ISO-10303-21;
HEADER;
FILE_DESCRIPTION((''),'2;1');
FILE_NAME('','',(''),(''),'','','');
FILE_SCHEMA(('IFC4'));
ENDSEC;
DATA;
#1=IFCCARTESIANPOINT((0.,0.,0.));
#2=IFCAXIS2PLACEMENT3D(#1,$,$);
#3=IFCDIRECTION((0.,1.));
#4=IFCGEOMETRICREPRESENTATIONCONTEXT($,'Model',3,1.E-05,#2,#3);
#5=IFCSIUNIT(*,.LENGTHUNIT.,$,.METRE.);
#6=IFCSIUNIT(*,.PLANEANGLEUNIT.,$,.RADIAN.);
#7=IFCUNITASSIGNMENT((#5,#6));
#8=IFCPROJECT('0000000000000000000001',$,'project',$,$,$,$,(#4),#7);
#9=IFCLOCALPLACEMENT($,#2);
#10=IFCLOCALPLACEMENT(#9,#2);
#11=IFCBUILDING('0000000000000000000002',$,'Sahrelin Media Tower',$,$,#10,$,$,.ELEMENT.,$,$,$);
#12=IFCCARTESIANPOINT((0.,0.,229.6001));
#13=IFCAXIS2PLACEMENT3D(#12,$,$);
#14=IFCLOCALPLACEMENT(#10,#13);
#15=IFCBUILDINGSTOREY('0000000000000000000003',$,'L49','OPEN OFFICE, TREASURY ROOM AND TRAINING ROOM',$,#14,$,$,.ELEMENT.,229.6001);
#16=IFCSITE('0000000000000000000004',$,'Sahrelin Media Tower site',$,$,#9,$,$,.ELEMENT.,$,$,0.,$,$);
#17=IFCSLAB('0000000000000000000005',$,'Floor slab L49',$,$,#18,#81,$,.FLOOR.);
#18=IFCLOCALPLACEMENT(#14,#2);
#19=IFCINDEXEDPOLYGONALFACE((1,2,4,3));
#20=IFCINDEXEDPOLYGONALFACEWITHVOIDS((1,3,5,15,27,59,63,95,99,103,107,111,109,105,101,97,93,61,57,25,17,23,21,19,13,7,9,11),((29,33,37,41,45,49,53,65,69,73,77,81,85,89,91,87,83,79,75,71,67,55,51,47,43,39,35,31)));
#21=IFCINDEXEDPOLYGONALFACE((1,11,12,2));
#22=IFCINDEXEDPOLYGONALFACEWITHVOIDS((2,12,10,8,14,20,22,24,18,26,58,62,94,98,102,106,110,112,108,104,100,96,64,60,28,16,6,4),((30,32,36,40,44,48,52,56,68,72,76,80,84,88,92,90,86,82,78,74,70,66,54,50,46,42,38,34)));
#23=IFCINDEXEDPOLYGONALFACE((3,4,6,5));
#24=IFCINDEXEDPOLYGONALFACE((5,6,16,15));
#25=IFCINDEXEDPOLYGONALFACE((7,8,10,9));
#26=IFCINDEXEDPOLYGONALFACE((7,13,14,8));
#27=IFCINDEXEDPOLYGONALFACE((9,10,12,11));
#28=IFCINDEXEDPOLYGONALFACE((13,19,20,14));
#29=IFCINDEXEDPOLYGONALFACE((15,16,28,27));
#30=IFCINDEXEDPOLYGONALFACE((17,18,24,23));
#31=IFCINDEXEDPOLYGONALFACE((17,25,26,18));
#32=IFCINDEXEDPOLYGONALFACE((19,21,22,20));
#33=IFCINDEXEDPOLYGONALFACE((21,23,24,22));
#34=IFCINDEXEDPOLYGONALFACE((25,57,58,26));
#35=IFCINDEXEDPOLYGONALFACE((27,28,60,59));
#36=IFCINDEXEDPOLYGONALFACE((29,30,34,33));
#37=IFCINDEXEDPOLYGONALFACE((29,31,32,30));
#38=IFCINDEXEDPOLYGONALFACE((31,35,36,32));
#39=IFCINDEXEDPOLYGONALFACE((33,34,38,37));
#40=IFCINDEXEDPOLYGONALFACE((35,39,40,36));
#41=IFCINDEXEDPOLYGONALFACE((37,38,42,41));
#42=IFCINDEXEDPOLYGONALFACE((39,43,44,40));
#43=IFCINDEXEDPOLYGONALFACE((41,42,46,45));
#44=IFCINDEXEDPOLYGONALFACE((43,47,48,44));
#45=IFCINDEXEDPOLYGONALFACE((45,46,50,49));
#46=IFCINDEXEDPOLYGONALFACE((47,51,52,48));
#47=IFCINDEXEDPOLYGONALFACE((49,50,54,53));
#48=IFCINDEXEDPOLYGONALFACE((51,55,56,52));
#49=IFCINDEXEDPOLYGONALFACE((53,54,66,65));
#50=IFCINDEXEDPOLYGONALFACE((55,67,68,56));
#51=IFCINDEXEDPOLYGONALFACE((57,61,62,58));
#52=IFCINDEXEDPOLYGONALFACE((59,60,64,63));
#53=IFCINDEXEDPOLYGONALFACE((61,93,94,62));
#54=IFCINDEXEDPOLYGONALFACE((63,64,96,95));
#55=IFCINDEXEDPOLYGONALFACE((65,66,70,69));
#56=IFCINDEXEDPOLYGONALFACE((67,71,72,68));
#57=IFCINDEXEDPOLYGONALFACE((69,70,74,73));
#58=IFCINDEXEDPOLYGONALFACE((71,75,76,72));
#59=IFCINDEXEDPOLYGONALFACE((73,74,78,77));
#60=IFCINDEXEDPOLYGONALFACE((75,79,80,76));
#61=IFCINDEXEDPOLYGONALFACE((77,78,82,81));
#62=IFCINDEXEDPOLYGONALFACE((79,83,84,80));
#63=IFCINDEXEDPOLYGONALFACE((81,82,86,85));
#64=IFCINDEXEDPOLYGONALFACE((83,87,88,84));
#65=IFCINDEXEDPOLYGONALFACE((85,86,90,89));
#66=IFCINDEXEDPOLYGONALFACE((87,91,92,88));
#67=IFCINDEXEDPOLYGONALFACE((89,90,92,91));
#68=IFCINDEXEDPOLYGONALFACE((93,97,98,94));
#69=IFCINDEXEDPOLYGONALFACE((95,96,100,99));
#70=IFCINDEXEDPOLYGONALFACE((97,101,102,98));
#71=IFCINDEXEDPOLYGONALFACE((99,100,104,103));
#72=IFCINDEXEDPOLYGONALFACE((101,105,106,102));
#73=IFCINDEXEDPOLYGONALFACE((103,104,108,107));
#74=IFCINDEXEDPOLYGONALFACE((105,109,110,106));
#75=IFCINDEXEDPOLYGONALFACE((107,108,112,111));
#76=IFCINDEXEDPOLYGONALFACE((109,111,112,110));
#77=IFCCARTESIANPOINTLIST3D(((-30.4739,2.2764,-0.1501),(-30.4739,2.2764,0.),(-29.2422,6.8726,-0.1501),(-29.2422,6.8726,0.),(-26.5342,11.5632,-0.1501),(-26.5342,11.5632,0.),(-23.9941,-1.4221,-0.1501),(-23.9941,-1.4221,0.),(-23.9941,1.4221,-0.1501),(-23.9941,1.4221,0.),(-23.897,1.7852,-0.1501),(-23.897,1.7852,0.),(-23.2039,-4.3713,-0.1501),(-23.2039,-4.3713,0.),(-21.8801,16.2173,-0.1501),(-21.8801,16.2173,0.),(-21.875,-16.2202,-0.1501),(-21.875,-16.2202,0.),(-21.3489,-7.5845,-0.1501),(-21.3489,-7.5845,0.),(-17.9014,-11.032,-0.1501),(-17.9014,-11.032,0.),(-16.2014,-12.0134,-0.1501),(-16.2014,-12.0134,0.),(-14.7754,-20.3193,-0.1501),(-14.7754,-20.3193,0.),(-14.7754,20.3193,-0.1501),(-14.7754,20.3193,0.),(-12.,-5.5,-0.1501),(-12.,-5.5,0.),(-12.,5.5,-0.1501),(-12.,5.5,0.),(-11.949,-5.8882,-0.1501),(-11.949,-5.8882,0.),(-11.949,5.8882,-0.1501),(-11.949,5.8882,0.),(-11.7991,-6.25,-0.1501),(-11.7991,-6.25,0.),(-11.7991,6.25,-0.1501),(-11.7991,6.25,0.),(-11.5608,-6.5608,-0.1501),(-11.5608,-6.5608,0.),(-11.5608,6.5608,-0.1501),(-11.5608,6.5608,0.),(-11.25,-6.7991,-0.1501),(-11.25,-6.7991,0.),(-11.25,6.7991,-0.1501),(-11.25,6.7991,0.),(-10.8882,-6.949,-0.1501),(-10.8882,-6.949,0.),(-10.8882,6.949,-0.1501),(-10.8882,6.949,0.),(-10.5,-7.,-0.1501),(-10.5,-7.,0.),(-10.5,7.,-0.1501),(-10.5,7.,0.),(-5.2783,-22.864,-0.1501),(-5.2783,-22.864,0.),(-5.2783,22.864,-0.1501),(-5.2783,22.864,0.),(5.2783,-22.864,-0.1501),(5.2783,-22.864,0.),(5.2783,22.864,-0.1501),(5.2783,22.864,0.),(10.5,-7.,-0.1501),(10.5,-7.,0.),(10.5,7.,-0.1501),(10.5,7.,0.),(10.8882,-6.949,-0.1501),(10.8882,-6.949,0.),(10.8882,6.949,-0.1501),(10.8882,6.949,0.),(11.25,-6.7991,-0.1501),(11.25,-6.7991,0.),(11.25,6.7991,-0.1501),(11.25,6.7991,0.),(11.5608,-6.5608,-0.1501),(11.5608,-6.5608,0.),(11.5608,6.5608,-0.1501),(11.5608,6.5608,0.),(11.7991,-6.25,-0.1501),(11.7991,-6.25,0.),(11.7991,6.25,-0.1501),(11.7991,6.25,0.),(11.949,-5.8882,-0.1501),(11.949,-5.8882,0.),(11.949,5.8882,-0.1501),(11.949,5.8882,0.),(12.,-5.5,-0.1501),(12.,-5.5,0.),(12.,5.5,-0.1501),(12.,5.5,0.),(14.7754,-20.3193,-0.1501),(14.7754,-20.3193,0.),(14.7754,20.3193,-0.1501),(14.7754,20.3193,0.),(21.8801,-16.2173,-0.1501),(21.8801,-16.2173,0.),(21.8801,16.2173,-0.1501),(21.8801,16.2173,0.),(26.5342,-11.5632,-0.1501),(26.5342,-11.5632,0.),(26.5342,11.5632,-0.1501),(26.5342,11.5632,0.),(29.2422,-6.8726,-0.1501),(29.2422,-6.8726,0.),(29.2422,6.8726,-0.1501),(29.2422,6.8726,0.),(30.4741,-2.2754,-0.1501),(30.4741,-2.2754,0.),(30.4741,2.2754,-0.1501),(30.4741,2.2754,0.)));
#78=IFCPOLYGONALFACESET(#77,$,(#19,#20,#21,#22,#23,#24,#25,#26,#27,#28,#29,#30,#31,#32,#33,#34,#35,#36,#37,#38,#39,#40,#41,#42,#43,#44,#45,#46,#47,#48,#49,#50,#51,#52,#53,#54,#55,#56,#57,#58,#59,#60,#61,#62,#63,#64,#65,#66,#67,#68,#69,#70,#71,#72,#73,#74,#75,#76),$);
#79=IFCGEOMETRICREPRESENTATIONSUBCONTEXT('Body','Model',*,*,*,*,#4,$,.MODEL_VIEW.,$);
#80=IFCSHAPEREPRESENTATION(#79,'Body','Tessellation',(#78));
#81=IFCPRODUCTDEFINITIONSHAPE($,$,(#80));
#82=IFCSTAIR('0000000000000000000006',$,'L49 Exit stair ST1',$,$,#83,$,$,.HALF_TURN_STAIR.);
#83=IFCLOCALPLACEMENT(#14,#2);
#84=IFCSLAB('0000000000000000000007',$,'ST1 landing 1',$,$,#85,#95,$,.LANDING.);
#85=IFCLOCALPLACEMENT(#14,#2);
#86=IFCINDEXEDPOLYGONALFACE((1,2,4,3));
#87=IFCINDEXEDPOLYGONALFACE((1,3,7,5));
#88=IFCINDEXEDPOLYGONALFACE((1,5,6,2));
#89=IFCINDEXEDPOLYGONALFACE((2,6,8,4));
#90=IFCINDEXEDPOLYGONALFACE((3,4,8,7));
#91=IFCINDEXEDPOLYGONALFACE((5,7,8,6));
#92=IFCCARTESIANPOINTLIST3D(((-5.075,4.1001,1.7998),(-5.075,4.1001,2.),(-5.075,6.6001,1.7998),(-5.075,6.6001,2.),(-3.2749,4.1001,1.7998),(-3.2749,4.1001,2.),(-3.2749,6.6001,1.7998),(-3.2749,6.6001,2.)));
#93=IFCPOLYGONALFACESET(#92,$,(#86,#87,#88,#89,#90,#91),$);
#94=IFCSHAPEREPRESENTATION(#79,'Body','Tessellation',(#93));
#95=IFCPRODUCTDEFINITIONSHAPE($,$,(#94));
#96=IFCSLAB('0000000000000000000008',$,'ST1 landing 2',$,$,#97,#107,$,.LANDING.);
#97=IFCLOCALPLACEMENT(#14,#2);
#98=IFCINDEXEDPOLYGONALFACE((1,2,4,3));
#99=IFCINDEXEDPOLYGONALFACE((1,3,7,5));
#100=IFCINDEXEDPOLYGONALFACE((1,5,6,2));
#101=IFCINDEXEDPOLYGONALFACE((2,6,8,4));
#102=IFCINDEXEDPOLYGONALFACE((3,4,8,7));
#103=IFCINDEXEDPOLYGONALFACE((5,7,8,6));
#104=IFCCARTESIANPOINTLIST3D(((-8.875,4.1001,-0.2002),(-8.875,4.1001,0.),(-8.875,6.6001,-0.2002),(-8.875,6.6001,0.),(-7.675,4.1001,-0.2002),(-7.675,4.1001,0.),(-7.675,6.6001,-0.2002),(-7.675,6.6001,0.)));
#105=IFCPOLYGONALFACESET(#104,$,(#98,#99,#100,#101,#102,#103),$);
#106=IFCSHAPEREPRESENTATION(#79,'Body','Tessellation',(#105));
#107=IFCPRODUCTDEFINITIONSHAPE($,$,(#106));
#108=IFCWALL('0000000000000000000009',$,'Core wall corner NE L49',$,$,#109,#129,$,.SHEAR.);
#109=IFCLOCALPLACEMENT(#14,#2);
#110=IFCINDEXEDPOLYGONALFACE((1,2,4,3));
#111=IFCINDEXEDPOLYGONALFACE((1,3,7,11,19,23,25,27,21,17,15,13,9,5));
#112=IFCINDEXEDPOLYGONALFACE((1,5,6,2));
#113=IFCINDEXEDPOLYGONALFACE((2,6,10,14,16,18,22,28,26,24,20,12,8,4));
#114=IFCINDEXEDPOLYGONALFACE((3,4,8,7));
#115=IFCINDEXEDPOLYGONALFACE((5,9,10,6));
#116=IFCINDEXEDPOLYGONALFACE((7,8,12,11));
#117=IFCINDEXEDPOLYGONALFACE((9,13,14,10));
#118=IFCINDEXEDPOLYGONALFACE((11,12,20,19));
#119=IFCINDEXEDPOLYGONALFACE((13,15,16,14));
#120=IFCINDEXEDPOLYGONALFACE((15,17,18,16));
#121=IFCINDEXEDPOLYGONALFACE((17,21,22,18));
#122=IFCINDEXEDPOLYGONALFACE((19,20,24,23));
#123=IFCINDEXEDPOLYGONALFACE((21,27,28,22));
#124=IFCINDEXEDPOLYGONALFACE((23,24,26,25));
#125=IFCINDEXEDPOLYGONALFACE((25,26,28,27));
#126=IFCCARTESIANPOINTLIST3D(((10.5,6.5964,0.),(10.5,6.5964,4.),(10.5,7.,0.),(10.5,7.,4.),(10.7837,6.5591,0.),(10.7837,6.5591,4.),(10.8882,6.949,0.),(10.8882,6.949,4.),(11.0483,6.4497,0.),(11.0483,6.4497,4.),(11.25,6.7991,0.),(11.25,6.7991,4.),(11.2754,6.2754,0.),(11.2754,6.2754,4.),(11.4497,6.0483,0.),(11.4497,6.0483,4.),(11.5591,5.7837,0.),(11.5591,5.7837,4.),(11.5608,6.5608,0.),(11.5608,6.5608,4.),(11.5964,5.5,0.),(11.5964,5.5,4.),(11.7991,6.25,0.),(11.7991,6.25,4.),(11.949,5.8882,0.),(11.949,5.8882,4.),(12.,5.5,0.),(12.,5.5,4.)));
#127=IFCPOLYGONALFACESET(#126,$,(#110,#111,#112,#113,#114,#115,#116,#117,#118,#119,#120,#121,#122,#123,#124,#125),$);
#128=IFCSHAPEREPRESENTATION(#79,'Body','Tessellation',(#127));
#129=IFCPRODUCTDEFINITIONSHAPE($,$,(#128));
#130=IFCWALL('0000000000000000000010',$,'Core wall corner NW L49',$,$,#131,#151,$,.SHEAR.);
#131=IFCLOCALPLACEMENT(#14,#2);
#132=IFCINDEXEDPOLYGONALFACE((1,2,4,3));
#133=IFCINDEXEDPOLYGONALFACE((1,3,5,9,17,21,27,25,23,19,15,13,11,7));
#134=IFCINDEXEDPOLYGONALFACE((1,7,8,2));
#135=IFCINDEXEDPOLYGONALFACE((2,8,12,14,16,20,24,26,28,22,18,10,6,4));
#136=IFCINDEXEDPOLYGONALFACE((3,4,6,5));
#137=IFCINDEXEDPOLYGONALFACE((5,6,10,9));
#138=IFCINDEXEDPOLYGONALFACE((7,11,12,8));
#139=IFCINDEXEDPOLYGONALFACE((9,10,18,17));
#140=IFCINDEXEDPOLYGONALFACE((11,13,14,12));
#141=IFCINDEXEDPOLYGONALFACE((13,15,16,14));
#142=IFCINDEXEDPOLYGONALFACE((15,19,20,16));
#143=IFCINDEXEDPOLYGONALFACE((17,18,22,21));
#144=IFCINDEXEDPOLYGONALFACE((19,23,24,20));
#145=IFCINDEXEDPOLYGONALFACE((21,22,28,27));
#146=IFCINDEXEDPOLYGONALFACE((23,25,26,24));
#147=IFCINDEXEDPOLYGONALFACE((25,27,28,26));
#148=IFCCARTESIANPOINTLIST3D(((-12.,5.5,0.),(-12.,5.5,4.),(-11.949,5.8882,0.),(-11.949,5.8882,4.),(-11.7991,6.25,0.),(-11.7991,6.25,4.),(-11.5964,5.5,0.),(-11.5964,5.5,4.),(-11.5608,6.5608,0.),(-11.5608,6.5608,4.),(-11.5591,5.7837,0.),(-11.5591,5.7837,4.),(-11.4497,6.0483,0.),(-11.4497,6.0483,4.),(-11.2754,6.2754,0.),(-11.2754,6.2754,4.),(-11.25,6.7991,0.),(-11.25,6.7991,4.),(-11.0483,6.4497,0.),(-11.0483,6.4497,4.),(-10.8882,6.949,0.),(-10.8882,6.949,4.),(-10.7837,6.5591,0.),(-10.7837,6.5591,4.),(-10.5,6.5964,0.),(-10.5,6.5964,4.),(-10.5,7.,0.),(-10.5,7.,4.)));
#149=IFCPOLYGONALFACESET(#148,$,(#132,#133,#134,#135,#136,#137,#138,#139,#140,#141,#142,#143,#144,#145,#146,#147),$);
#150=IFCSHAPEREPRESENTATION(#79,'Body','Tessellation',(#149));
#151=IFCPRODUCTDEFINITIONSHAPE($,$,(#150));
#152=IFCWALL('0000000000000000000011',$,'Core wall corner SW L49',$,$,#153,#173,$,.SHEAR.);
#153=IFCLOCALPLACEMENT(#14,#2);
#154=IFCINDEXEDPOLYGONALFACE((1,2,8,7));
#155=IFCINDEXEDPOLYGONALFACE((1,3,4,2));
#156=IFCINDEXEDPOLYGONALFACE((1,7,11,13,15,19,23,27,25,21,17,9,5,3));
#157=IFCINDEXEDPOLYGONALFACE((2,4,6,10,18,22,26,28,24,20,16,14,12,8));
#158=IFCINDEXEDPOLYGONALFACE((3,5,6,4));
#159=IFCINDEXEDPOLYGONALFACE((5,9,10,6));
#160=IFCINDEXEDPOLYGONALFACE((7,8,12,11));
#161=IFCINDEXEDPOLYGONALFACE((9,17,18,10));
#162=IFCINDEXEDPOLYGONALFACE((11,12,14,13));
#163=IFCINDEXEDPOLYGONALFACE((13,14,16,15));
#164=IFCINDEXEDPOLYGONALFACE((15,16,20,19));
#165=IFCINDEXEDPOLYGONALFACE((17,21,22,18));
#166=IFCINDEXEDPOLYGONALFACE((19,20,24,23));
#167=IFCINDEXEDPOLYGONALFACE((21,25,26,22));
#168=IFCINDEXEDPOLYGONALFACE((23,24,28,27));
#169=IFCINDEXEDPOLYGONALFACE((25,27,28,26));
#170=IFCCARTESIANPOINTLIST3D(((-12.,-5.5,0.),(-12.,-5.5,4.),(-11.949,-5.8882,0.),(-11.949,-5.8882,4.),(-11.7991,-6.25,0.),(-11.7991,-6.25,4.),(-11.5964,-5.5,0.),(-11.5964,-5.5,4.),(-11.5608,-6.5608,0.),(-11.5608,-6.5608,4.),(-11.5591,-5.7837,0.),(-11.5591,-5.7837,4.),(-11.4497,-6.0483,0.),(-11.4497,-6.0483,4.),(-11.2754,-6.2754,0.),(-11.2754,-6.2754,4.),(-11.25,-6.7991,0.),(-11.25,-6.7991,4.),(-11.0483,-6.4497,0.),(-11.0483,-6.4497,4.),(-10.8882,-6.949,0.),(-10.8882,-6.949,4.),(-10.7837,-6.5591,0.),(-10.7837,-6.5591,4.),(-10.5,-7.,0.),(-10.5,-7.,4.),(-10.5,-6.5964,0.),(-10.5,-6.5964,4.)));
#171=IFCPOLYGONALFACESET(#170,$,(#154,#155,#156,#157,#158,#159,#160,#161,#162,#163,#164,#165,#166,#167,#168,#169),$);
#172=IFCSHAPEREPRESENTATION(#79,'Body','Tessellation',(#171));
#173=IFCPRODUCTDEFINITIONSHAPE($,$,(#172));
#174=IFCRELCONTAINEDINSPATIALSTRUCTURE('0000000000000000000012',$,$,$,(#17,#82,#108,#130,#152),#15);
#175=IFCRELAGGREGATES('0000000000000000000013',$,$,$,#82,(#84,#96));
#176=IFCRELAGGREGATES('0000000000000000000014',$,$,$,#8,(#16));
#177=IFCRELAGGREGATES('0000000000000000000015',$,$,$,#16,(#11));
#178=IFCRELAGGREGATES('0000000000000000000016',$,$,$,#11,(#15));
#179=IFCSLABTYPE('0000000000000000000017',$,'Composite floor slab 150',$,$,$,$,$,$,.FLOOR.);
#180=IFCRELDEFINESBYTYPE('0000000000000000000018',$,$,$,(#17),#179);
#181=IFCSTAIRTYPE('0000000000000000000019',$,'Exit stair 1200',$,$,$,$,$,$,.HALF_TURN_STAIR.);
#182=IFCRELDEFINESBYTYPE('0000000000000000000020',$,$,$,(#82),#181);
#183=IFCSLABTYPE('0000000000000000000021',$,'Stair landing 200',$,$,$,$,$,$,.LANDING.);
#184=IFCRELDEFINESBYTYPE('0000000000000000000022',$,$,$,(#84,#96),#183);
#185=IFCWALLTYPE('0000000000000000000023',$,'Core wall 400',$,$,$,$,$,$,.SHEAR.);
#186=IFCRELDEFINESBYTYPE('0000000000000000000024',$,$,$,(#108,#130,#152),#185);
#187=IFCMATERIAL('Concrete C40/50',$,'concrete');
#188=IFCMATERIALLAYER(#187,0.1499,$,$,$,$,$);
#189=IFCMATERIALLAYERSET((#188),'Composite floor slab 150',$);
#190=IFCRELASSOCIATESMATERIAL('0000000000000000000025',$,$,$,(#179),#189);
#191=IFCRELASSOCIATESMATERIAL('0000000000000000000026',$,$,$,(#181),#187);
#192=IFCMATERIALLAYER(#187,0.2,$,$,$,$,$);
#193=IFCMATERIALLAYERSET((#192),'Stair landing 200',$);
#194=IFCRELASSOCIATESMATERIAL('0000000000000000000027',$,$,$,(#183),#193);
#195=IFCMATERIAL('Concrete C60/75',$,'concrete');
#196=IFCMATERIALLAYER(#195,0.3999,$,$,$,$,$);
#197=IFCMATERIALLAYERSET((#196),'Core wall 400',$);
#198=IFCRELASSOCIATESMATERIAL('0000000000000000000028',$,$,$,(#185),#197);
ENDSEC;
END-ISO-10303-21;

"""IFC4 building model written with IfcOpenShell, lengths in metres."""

from ifc_helpers import new_model, si_unit, direction, frame, origin, place, context, subcontext, project, spatial, polyline, outline, extrude, material, layer, layer_set, type_object, element, aggregate, save


model = new_model("IFC4")

# Units and contexts
model_context = context("Model", 3, precision=1e-05, world=origin(), true_north=direction((0.0, 1.0)))
body_context = subcontext(model_context, "Body", "Model", "MODEL_VIEW")
ifc_project = project(units=[si_unit("LENGTHUNIT", "METRE"), si_unit("PLANEANGLEUNIT", "RADIAN")], contexts=[model_context])

# Site, building, storey
site_placement = place(None, origin())
site = spatial("IfcSite", under=ifc_project, at=site_placement, Name="Sahrelin Media Tower site", CompositionType="ELEMENT", RefElevation=0.0)
building_placement = place(site_placement, origin())
building = spatial("IfcBuilding", under=site, at=building_placement, Name="Sahrelin Media Tower", CompositionType="ELEMENT")
storey_placement = place(building_placement, frame((0.0, 0.0, 229.6001)))
storey = spatial("IfcBuildingStorey", under=building, at=storey_placement, Name="L49", Description="OPEN OFFICE, TREASURY ROOM AND TRAINING ROOM", CompositionType="ELEMENT", Elevation=229.6001)

# Slab
ifc_material_1 = material(Name="Concrete C40/50", Category="concrete")
ifc_layer_1 = layer(ifc_material_1, 0.1499)
ifc_layer_set_1 = layer_set([ifc_layer_1], Name="Composite floor slab 150")
slab_type_1 = type_object("IfcSlabType", Name="Composite floor slab 150", PredefinedType="FLOOR", material=ifc_layer_set_1)
slab_1_placement = place(storey_placement, frame((0.0, 0.0, -0.1501)))
element("IfcSlab", 1, at=slab_1_placement, inside=storey, type_object=slab_type_1, Name="Floor slab L49", PredefinedType="FLOOR", context=body_context, shape_type="SweptSolid", body=[
    extrude(outline(polyline([(29.2422, -6.8726), (30.4741, -2.2754), (30.4741, 2.2754), (29.2422, 6.8726), (26.5342, 11.5632), (21.8801, 16.2173), (14.7754, 20.3193), (5.2783, 22.864), (-5.2783, 22.864), (-14.7754, 20.3193), (-21.8801, 16.2173), (-26.5342, 11.5632), (-29.2422, 6.8726), (-30.4739, 2.2764), (-23.897, 1.7852), (-23.9941, 1.4221), (-23.9941, -1.4221), (-23.2039, -4.3713), (-21.3489, -7.5845), (-17.9014, -11.032), (-16.2014, -12.0134), (-21.875, -16.2202), (-14.7754, -20.3193), (-5.2783, -22.864), (5.2783, -22.864), (14.7754, -20.3193), (21.8801, -16.2173), (26.5342, -11.5632), (29.2422, -6.8726)]), holes=[polyline([(11.7991, 6.25), (11.949, 5.8882), (12.0, 5.5), (12.0, -5.5), (11.949, -5.8882), (11.7991, -6.25), (11.5608, -6.5608), (11.25, -6.7991), (10.8882, -6.949), (10.5, -7.0), (-10.5, -7.0), (-10.8882, -6.949), (-11.25, -6.7991), (-11.5608, -6.5608), (-11.7991, -6.25), (-11.949, -5.8882), (-12.0, -5.5), (-12.0, 5.5), (-11.949, 5.8882), (-11.7991, 6.25), (-11.5608, 6.5608), (-11.25, 6.7991), (-10.8882, 6.949), (-10.5, 7.0), (10.5, 7.0), (10.8882, 6.949), (11.25, 6.7991), (11.5608, 6.5608), (11.7991, 6.25)])]), origin(), (0.0, 0.0, 1.0), 0.1501),
])

# Stair, slabs
stair_type = type_object("IfcStairType", Name="Exit stair 1200", PredefinedType="HALF_TURN_STAIR", material=ifc_material_1)
placement = place(storey_placement, origin())
stair = element("IfcStair", 2, at=placement, inside=storey, type_object=stair_type, Name="L49 Exit stair ST1", PredefinedType="HALF_TURN_STAIR")
ifc_layer_2 = layer(ifc_material_1, 0.2)
ifc_layer_set_2 = layer_set([ifc_layer_2], Name="Stair landing 200")
slab_type_2 = type_object("IfcSlabType", Name="Stair landing 200", PredefinedType="LANDING", material=ifc_layer_set_2)
slab_2_placement = place(storey_placement, frame((0.0, 0.0, 1.7998)))
slab_2 = element("IfcSlab", 3, at=slab_2_placement, type_object=slab_type_2, Name="ST1 landing 1", PredefinedType="LANDING", context=body_context, shape_type="SweptSolid", body=[
    extrude(outline(polyline([(-5.075, 4.1001), (-3.2749, 4.1001), (-3.2749, 6.6001), (-5.075, 6.6001), (-5.075, 4.1001)])), origin(), (0.0, 0.0, 1.0), 0.2002),
])
slab_3_placement = place(storey_placement, frame((0.0, 0.0, -0.2002)))
slab_3 = element("IfcSlab", 4, at=slab_3_placement, type_object=slab_type_2, Name="ST1 landing 2", PredefinedType="LANDING", context=body_context, shape_type="SweptSolid", body=[
    extrude(outline(polyline([(-8.875, 4.1001), (-7.675, 4.1001), (-7.675, 6.6001), (-8.875, 6.6001), (-8.875, 4.1001)])), origin(), (0.0, 0.0, 1.0), 0.2002),
])
aggregate(stair, [slab_2, slab_3])

# Walls
ifc_material_2 = material(Name="Concrete C60/75", Category="concrete")
ifc_layer_3 = layer(ifc_material_2, 0.3999)
ifc_layer_set_3 = layer_set([ifc_layer_3], Name="Core wall 400")
wall_type_1 = type_object("IfcWallType", Name="Core wall 400", PredefinedType="SHEAR", material=ifc_layer_set_3)
element("IfcWall", 5, at=placement, inside=storey, type_object=wall_type_1, Name="Core wall corner NE L49", PredefinedType="SHEAR", context=body_context, shape_type="SweptSolid", body=[
    extrude(outline(polyline([(10.5, 7.0), (10.5, 6.5964), (10.7837, 6.5591), (11.0483, 6.4497), (11.2754, 6.2754), (11.4497, 6.0483), (11.5591, 5.7837), (11.5964, 5.5), (12.0, 5.5), (11.949, 5.8882), (11.7991, 6.25), (11.5608, 6.5608), (11.25, 6.7991), (10.8882, 6.949), (10.5, 7.0)])), origin(), (0.0, 0.0, 1.0), 4.0),
])
element("IfcWall", 6, at=placement, inside=storey, type_object=wall_type_1, Name="Core wall corner NW L49", PredefinedType="SHEAR", context=body_context, shape_type="SweptSolid", body=[
    extrude(outline(polyline([(-12.0, 5.5), (-11.5964, 5.5), (-11.5591, 5.7837), (-11.4497, 6.0483), (-11.2754, 6.2754), (-11.0483, 6.4497), (-10.7837, 6.5591), (-10.5, 6.5964), (-10.5, 7.0), (-10.8882, 6.949), (-11.25, 6.7991), (-11.5608, 6.5608), (-11.7991, 6.25), (-11.949, 5.8882), (-12.0, 5.5)])), origin(), (0.0, 0.0, 1.0), 4.0),
])
element("IfcWall", 7, at=placement, inside=storey, type_object=wall_type_1, Name="Core wall corner SW L49", PredefinedType="SHEAR", context=body_context, shape_type="SweptSolid", body=[
    extrude(outline(polyline([(-10.5, -7.0), (-10.5, -6.5964), (-10.7837, -6.5591), (-11.0483, -6.4497), (-11.2754, -6.2754), (-11.4497, -6.0483), (-11.5591, -5.7837), (-11.5964, -5.5), (-12.0, -5.5), (-11.949, -5.8882), (-11.7991, -6.25), (-11.5608, -6.5608), (-11.25, -6.7991), (-10.8882, -6.949), (-10.5, -7.0)])), origin(), (0.0, 0.0, 1.0), 4.0),
])

save(model, "model.ifc")
